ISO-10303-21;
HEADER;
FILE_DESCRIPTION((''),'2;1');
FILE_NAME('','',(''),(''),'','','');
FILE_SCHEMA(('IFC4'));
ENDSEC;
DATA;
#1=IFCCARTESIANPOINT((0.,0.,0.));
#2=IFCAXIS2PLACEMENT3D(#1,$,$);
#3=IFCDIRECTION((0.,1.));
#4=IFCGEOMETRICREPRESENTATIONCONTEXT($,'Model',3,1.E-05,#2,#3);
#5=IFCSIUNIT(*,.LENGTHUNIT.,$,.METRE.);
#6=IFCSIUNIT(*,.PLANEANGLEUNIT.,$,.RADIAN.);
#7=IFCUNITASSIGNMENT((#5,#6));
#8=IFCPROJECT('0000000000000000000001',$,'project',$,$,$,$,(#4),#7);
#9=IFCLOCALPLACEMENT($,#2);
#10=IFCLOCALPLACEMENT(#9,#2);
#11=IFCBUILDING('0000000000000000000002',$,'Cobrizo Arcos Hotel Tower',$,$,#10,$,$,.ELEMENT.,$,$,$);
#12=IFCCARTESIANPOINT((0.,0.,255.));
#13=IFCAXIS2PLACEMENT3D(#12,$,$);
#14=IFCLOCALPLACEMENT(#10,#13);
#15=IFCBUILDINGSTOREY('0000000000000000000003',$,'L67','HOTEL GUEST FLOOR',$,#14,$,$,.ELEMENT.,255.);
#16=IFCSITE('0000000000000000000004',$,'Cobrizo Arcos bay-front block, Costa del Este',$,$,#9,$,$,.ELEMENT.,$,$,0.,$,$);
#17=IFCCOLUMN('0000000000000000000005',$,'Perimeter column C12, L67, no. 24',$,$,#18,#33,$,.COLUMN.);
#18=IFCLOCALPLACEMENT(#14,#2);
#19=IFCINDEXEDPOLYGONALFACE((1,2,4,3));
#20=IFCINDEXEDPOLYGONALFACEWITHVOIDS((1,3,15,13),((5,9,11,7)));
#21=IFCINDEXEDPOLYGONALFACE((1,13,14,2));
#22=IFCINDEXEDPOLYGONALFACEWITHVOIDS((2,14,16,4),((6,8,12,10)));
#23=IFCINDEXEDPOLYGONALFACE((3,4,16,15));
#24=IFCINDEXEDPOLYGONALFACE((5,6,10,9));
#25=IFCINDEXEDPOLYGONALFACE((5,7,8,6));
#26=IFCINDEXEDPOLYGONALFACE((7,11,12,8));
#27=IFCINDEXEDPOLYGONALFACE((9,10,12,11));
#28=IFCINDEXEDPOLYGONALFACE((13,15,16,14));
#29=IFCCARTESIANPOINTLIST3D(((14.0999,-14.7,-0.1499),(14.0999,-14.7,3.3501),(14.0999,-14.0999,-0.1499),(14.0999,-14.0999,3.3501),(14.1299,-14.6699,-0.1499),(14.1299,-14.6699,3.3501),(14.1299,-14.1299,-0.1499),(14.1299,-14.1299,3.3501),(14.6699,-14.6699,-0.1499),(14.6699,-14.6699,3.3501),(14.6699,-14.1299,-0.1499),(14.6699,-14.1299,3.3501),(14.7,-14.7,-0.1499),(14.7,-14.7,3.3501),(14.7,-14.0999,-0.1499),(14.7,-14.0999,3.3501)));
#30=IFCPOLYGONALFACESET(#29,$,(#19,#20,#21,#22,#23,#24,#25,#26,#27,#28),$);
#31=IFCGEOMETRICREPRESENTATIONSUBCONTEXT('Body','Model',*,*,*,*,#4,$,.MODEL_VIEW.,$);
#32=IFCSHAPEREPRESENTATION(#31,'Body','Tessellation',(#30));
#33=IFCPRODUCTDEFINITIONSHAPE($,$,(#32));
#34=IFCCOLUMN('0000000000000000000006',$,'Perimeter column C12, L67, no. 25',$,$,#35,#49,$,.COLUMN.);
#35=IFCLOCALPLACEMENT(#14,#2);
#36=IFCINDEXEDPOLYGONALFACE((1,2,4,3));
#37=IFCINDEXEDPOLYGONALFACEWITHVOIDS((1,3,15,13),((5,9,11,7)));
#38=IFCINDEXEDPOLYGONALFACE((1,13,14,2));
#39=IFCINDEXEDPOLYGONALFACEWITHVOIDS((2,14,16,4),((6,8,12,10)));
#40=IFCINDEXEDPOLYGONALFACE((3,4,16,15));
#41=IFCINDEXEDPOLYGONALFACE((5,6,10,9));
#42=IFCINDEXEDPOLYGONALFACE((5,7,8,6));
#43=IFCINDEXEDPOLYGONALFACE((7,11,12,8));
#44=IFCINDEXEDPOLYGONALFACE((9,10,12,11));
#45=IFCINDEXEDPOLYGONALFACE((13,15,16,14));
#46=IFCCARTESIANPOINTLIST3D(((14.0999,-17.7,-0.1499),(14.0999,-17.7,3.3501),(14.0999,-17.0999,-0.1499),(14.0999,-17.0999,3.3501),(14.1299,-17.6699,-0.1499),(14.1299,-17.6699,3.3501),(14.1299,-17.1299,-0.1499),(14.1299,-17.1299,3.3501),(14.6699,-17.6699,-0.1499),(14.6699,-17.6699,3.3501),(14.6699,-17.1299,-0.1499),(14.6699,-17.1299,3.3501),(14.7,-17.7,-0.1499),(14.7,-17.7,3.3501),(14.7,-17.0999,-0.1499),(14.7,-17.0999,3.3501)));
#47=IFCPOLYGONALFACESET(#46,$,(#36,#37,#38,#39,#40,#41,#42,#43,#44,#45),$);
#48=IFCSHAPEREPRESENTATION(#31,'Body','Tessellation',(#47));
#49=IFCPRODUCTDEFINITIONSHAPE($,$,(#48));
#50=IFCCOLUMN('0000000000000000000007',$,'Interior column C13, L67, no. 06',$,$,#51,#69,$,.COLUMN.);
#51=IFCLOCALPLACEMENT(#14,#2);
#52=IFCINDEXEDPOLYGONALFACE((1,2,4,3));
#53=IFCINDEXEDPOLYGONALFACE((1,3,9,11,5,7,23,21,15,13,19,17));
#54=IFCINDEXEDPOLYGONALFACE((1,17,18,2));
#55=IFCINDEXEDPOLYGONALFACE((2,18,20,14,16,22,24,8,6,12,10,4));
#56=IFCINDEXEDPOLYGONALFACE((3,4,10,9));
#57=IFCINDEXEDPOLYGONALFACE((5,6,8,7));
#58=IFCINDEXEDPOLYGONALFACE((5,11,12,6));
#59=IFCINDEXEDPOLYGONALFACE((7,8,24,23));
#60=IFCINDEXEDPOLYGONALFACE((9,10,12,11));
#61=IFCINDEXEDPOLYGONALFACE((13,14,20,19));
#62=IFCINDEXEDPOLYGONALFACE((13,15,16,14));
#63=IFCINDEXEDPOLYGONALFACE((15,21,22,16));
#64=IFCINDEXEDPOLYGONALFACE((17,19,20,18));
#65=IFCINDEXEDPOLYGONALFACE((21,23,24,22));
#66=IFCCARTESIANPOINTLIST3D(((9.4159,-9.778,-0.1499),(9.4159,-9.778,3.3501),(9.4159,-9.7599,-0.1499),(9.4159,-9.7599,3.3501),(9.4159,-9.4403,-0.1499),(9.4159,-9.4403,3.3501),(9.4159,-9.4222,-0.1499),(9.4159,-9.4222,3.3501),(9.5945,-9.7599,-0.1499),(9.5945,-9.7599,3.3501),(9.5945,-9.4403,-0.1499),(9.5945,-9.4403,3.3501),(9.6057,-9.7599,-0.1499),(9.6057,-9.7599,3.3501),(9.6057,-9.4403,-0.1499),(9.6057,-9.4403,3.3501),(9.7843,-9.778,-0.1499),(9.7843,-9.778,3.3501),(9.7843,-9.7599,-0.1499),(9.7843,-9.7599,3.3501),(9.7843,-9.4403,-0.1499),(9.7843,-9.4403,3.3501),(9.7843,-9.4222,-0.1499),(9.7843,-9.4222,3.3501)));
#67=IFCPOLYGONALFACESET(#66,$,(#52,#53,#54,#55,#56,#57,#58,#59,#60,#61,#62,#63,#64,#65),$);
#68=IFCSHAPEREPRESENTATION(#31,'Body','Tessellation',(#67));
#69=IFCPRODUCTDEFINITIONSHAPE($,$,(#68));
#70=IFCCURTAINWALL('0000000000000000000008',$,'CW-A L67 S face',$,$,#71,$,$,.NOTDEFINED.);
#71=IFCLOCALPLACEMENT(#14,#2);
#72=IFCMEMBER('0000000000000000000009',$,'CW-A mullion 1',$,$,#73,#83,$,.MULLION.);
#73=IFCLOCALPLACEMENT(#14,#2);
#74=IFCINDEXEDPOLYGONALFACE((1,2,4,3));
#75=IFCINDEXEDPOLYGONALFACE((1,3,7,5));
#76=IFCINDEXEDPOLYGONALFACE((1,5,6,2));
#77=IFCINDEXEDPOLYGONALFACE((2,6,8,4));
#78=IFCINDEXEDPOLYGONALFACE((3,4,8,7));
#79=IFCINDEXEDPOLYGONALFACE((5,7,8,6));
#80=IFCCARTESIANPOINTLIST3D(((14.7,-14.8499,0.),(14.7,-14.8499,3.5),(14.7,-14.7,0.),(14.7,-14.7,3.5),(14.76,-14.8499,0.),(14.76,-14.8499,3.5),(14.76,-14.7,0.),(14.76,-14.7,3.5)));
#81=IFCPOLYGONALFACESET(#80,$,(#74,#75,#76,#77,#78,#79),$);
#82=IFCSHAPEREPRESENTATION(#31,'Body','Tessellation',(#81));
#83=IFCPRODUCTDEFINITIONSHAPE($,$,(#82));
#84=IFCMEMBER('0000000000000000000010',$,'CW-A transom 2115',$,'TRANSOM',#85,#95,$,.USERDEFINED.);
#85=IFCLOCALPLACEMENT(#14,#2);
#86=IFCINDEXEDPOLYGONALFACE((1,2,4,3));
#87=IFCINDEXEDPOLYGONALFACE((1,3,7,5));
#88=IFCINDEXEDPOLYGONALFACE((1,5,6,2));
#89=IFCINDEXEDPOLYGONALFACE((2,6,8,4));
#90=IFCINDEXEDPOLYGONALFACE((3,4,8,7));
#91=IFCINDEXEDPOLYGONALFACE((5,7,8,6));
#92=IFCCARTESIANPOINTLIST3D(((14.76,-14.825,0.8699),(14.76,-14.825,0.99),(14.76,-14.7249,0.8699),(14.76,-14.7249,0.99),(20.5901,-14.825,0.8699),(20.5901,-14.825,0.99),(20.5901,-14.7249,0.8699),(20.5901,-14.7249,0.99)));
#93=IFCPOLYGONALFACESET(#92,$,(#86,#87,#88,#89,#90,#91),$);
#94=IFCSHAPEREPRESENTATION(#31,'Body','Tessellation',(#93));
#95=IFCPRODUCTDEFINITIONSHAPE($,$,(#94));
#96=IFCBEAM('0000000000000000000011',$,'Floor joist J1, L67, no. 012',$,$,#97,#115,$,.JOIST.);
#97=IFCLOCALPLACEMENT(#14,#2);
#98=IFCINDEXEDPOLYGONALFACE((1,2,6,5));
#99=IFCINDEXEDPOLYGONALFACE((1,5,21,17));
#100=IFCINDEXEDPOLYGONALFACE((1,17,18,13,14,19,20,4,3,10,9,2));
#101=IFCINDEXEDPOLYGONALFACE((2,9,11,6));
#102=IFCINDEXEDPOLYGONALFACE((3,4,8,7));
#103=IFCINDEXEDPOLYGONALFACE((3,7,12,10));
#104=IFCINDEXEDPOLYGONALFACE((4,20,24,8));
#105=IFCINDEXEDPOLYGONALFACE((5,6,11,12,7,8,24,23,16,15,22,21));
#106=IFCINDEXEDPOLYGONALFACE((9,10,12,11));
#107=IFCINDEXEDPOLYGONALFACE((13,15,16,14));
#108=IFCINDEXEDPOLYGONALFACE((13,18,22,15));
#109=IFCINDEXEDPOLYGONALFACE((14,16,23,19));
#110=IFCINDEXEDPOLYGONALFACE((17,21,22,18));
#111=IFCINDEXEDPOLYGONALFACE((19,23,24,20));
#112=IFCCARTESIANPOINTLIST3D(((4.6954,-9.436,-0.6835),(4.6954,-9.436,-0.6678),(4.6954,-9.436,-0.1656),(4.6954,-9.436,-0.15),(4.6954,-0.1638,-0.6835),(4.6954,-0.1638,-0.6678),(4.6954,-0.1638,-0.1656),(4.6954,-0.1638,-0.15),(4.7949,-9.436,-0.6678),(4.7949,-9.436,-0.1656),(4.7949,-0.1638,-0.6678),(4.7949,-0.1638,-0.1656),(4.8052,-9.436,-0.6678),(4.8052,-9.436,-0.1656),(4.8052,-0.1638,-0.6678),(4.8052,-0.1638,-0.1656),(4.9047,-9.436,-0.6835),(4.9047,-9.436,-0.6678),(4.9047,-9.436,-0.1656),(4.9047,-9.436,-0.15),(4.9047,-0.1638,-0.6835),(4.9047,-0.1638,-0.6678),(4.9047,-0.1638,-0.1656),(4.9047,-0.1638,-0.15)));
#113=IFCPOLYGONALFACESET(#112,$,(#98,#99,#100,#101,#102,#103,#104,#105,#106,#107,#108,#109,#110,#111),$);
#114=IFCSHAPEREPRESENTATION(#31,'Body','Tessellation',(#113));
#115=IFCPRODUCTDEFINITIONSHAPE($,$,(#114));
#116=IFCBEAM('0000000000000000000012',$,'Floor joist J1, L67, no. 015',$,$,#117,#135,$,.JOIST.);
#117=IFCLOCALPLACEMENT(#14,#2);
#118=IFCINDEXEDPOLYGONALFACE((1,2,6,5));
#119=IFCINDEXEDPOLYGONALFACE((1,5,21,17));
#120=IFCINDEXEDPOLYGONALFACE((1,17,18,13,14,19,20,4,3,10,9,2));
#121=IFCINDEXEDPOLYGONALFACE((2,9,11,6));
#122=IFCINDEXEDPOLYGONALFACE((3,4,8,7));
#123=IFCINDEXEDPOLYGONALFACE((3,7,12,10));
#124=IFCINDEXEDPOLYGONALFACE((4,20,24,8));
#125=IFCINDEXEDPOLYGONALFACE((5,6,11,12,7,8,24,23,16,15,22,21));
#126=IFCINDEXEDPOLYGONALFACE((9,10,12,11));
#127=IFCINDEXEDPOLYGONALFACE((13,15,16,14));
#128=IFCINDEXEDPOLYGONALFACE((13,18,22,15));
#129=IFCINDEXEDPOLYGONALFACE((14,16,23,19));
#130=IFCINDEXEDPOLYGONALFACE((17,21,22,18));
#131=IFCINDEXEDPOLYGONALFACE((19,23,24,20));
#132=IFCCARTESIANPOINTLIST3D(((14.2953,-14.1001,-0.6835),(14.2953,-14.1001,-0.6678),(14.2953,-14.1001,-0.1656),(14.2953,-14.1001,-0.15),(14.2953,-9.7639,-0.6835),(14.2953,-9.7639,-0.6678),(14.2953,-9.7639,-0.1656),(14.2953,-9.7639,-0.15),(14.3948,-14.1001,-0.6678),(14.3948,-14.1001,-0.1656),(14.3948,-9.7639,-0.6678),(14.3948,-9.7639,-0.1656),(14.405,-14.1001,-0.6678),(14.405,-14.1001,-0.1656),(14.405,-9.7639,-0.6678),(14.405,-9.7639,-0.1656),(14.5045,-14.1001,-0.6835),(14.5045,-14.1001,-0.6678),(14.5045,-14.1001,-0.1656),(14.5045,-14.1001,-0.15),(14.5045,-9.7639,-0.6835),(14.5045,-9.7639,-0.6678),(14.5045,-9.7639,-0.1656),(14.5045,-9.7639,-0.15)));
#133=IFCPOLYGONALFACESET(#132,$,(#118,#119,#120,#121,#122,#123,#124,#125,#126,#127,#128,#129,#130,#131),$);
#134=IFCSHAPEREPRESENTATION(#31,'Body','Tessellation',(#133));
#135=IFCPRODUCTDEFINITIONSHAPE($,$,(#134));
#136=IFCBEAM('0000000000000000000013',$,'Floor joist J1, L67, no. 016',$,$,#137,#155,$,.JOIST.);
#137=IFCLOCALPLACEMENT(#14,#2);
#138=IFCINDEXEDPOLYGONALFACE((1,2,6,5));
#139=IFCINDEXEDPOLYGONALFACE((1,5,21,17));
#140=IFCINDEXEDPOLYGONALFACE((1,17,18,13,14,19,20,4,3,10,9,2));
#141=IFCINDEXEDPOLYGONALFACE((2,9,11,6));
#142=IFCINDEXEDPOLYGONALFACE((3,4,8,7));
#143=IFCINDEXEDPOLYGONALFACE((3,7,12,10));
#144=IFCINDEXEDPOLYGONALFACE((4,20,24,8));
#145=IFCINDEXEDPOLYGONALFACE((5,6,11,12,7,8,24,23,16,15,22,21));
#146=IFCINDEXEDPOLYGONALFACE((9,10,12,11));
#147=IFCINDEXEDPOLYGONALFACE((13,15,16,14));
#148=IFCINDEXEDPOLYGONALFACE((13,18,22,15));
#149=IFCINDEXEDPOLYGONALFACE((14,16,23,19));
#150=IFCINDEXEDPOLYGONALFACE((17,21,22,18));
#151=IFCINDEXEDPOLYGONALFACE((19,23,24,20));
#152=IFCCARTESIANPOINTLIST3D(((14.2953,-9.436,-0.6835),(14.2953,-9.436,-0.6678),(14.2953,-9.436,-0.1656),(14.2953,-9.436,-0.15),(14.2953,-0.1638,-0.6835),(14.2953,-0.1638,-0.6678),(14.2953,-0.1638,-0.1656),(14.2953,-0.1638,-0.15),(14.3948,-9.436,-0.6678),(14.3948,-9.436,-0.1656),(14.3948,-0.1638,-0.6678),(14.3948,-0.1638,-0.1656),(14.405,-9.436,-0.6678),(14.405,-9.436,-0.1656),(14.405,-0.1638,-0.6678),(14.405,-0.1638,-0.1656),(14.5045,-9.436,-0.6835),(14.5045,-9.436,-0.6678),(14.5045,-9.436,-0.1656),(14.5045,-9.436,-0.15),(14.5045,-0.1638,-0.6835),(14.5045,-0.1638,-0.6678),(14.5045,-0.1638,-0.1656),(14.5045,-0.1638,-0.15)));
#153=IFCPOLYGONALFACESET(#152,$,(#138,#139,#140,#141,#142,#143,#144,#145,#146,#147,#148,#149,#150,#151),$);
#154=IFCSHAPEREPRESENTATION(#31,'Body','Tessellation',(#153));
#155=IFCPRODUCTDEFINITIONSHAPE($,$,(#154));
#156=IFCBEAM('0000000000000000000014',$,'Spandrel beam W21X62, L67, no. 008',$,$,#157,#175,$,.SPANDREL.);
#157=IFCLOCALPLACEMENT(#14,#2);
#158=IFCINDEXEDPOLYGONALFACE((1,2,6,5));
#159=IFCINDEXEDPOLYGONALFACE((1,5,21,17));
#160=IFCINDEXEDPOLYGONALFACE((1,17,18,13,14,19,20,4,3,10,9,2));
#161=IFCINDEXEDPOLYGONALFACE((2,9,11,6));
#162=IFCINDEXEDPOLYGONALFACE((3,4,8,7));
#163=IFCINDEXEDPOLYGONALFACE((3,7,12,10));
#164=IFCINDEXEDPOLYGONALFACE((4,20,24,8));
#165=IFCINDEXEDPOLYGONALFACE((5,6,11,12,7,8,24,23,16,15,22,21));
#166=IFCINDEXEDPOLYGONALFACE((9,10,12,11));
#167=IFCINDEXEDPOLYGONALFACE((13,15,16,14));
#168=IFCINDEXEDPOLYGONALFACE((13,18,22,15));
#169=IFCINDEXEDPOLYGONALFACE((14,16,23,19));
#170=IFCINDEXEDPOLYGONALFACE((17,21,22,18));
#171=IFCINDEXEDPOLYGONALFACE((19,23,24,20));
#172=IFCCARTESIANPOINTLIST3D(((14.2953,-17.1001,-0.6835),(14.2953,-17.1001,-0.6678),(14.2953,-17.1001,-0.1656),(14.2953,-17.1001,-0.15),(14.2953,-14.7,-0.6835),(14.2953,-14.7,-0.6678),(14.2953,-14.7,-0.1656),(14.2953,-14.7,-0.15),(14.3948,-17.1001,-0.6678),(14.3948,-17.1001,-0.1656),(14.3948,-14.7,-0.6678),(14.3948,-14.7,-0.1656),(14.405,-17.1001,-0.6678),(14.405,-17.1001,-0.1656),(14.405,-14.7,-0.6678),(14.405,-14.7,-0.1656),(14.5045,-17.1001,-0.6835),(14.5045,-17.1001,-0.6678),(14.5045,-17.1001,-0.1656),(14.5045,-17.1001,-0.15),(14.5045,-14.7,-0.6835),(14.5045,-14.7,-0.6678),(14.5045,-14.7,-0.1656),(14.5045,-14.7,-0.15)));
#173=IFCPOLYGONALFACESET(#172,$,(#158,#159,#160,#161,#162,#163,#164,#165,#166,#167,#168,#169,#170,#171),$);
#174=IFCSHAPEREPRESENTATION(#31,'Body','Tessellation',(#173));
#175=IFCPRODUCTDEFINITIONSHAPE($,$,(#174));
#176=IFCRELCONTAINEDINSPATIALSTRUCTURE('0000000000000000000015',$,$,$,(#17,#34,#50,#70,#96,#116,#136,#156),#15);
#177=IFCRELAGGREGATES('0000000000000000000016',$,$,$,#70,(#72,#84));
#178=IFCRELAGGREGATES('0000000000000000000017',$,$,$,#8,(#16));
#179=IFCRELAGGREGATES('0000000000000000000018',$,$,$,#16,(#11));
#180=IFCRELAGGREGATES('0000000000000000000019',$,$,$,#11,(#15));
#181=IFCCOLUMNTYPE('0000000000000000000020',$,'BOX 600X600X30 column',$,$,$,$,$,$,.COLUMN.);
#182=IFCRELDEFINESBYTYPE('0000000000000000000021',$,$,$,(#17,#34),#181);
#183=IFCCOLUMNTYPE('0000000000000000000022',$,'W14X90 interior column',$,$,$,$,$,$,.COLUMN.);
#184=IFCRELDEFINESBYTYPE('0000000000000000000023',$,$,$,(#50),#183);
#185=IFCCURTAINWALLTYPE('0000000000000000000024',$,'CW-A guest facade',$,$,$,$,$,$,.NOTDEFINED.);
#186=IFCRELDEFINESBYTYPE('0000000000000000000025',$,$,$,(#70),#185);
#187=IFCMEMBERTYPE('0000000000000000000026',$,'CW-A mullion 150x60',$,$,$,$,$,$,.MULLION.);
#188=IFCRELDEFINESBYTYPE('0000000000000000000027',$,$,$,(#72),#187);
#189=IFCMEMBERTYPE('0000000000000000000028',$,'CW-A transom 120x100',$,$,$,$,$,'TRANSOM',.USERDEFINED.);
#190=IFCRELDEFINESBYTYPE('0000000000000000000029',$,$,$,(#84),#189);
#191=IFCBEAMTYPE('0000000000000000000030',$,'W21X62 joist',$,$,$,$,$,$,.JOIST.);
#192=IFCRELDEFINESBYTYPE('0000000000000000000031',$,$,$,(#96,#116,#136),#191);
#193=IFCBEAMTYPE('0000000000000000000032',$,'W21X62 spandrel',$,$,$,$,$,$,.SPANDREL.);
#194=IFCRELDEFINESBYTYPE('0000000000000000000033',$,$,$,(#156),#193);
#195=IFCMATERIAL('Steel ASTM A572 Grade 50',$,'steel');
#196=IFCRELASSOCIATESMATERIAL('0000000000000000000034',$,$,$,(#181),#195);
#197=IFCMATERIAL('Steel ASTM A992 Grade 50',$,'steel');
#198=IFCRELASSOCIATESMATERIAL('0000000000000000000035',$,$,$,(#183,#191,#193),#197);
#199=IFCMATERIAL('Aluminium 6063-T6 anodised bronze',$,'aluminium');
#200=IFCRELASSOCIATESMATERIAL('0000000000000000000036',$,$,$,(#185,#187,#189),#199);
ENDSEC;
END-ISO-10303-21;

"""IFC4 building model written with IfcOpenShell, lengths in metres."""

from ifc_helpers import new_model, si_unit, direction, frame, origin, origin_2d, place, context, subcontext, project, spatial, rectangle, hollow_rectangle, i_section, extrude, material, material_profile, profile_set, type_object, element, aggregate, save


model = new_model("IFC4")

# Units and contexts
model_context = context("Model", 3, precision=1e-05, world=origin(), true_north=direction((0.0, 1.0)))
body_context = subcontext(model_context, "Body", "Model", "MODEL_VIEW")
ifc_project = project(units=[si_unit("LENGTHUNIT", "METRE"), si_unit("PLANEANGLEUNIT", "RADIAN")], contexts=[model_context])

# Site, building, storey
site_placement = place(None, origin())
site = spatial("IfcSite", under=ifc_project, at=site_placement, Name="Cobrizo Arcos bay-front block, Costa del Este", CompositionType="ELEMENT", RefElevation=0.0)
building_placement = place(site_placement, origin())
building = spatial("IfcBuilding", under=site, at=building_placement, Name="Cobrizo Arcos Hotel Tower", CompositionType="ELEMENT")
storey_placement = place(building_placement, frame((0.0, 0.0, 255.0)))
storey = spatial("IfcBuildingStorey", under=building, at=storey_placement, Name="L67", Description="HOTEL GUEST FLOOR", CompositionType="ELEMENT", Elevation=255.0)

# Columns
ifc_material_1 = material(Name="Steel ASTM A572 Grade 50", Category="steel")
ifc_material_profile_1 = material_profile(ifc_material_1, hollow_rectangle(XDim=0.6001, YDim=0.6001, WallThickness=0.03, at=origin_2d()), Name="BOX 600X600X30")
ifc_profile_set_1 = profile_set([ifc_material_profile_1], Name="Steel ASTM A572 Grade 50")
column_type_1 = type_object("IfcColumnType", Name="BOX 600X600X30 column", PredefinedType="COLUMN", material=ifc_profile_set_1)
for number, where, z_axis, x_axis, name in (
    (1, (14.3999, -14.3999, -0.1499), (0.0, 0.0, 1.0), (1.0, 0.0, 0.0), "Perimeter column C12, L67, no. 24"),
    (2, (14.3999, -17.3999, -0.1499), (0.0, 0.0, 1.0), (1.0, 0.0, 0.0), "Perimeter column C12, L67, no. 25"),
):
    element("IfcColumn", number, at=place(storey_placement, frame(where, z_axis=z_axis, x_axis=x_axis)), inside=storey, type_object=column_type_1, Name=name, PredefinedType="COLUMN", context=body_context, shape_type="SweptSolid", body=[
        extrude(hollow_rectangle(XDim=0.6001, YDim=0.6001, WallThickness=0.03, at=origin_2d()), origin(), (0.0, 0.0, 1.0), 3.5),
    ])
ifc_material_2 = material(Name="Steel ASTM A992 Grade 50", Category="steel")
ifc_material_profile_2 = material_profile(ifc_material_2, i_section(OverallWidth=0.3684, OverallDepth=0.3557, WebThickness=0.0112, FlangeThickness=0.0181, at=origin_2d()), Name="W14X90")
ifc_profile_set_2 = profile_set([ifc_material_profile_2], Name="Steel ASTM A992 Grade 50")
column_type_2 = type_object("IfcColumnType", Name="W14X90 interior column", PredefinedType="COLUMN", material=ifc_profile_set_2)
column_placement = place(storey_placement, frame((9.6001, -9.6001, -0.1499), z_axis=(0.0, 0.0, 1.0), x_axis=(1.0, 0.0, 0.0)))
element("IfcColumn", 3, at=column_placement, inside=storey, type_object=column_type_2, Name="Interior column C13, L67, no. 06", PredefinedType="COLUMN", context=body_context, shape_type="SweptSolid", body=[
    extrude(i_section(OverallWidth=0.3684, OverallDepth=0.3557, WebThickness=0.0112, FlangeThickness=0.0181, at=origin_2d()), origin(), (0.0, 0.0, 1.0), 3.5),
])

# Curtain wall, members
ifc_material_3 = material(Name="Aluminium 6063-T6 anodised bronze", Category="aluminium")
curtain_wall_type = type_object("IfcCurtainWallType", Name="CW-A guest facade", PredefinedType="NOTDEFINED", material=ifc_material_3)
curtain_wall_placement = place(storey_placement, origin())
curtain_wall = element("IfcCurtainWall", 4, at=curtain_wall_placement, inside=storey, type_object=curtain_wall_type, Name="CW-A L67 S face", PredefinedType="NOTDEFINED")
ifc_material_profile_3 = material_profile(ifc_material_3, rectangle(XDim=0.1499, YDim=0.0601, at=origin_2d()), Name="CW-A mullion 150x60")
ifc_profile_set_3 = profile_set([ifc_material_profile_3], Name="Aluminium 6063-T6 anodised bronze")
member_type_1 = type_object("IfcMemberType", Name="CW-A mullion 150x60", PredefinedType="MULLION", material=ifc_profile_set_3)
member_1_placement = place(storey_placement, frame((14.73, -14.7749, 0.0), z_axis=(0.0, 0.0, 1.0), x_axis=(0.0, -1.0, 0.0)))
member_1 = element("IfcMember", 5, at=member_1_placement, type_object=member_type_1, Name="CW-A mullion 1", PredefinedType="MULLION", context=body_context, shape_type="SweptSolid", body=[
    extrude(rectangle(XDim=0.1499, YDim=0.0601, at=origin_2d()), origin(), (0.0, 0.0, 1.0), 3.5),
])
ifc_material_profile_4 = material_profile(ifc_material_3, rectangle(XDim=0.1001, YDim=0.1201, at=origin_2d()), Name="CW-A transom 120x100")
ifc_profile_set_4 = profile_set([ifc_material_profile_4], Name="Aluminium 6063-T6 anodised bronze")
member_type_2 = type_object("IfcMemberType", Name="CW-A transom 120x100", ElementType="TRANSOM", PredefinedType="USERDEFINED", material=ifc_profile_set_4)
member_2_placement = place(storey_placement, frame((14.76, -14.7749, 0.9299), z_axis=(1.0, 0.0, 0.0), x_axis=(0.0, 1.0, 0.0)))
member_2 = element("IfcMember", 6, at=member_2_placement, type_object=member_type_2, Name="CW-A transom 2115", ObjectType="TRANSOM", PredefinedType="USERDEFINED", context=body_context, shape_type="SweptSolid", body=[
    extrude(rectangle(XDim=0.1001, YDim=0.1201, at=origin_2d()), origin(), (0.0, 0.0, 1.0), 5.8301),
])
aggregate(curtain_wall, [member_1, member_2])

# Beams
ifc_material_profile_5 = material_profile(ifc_material_2, i_section(OverallWidth=0.2092, OverallDepth=0.5334, WebThickness=0.0103, FlangeThickness=0.0156, at=origin_2d()), Name="W21X62")
ifc_profile_set_5 = profile_set([ifc_material_profile_5], Name="Steel ASTM A992 Grade 50")
beam_type_1 = type_object("IfcBeamType", Name="W21X62 joist", PredefinedType="JOIST", material=ifc_profile_set_5)
beam_1_placement = place(storey_placement, frame((4.8, -9.436, -0.4167), z_axis=(0.0, 1.0, 0.0), x_axis=(-1.0, 0.0, 0.0)))
element("IfcBeam", 7, at=beam_1_placement, inside=storey, type_object=beam_type_1, Name="Floor joist J1, L67, no. 012", PredefinedType="JOIST", context=body_context, shape_type="SweptSolid", body=[
    extrude(i_section(OverallWidth=0.2092, OverallDepth=0.5334, WebThickness=0.0103, FlangeThickness=0.0156, at=origin_2d()), origin(), (0.0, 0.0, 1.0), 9.2722),
])
beam_2_placement = place(storey_placement, frame((14.3999, -14.1001, -0.4167), z_axis=(0.0, 1.0, 0.0), x_axis=(-1.0, 0.0, 0.0)))
element("IfcBeam", 8, at=beam_2_placement, inside=storey, type_object=beam_type_1, Name="Floor joist J1, L67, no. 015", PredefinedType="JOIST", context=body_context, shape_type="SweptSolid", body=[
    extrude(i_section(OverallWidth=0.2092, OverallDepth=0.5334, WebThickness=0.0103, FlangeThickness=0.0156, at=origin_2d()), origin(), (0.0, 0.0, 1.0), 4.3362),
])
beam_3_placement = place(storey_placement, frame((14.3999, -9.436, -0.4167), z_axis=(0.0, 1.0, 0.0), x_axis=(-1.0, 0.0, 0.0)))
element("IfcBeam", 9, at=beam_3_placement, inside=storey, type_object=beam_type_1, Name="Floor joist J1, L67, no. 016", PredefinedType="JOIST", context=body_context, shape_type="SweptSolid", body=[
    extrude(i_section(OverallWidth=0.2092, OverallDepth=0.5334, WebThickness=0.0103, FlangeThickness=0.0156, at=origin_2d()), origin(), (0.0, 0.0, 1.0), 9.2722),
])
ifc_material_profile_6 = material_profile(ifc_material_2, i_section(OverallWidth=0.2092, OverallDepth=0.5334, WebThickness=0.0103, FlangeThickness=0.0156, at=origin_2d()), Name="W21X62")
ifc_profile_set_6 = profile_set([ifc_material_profile_6], Name="Steel ASTM A992 Grade 50")
beam_type_2 = type_object("IfcBeamType", Name="W21X62 spandrel", PredefinedType="SPANDREL", material=ifc_profile_set_6)
for number, where, z_axis, x_axis, name in (
    (10, (14.3999, -17.1001, -0.4167), (0.0, 1.0, 0.0), (-1.0, 0.0, 0.0), "Spandrel beam W21X62, L67, no. 008"),
):
    element("IfcBeam", number, at=place(storey_placement, frame(where, z_axis=z_axis, x_axis=x_axis)), inside=storey, type_object=beam_type_2, Name=name, PredefinedType="SPANDREL", context=body_context, shape_type="SweptSolid", body=[
        extrude(i_section(OverallWidth=0.2092, OverallDepth=0.5334, WebThickness=0.0103, FlangeThickness=0.0156, at=origin_2d()), origin(), (0.0, 0.0, 1.0), 2.4001),
    ])

save(model, "model.ifc")
